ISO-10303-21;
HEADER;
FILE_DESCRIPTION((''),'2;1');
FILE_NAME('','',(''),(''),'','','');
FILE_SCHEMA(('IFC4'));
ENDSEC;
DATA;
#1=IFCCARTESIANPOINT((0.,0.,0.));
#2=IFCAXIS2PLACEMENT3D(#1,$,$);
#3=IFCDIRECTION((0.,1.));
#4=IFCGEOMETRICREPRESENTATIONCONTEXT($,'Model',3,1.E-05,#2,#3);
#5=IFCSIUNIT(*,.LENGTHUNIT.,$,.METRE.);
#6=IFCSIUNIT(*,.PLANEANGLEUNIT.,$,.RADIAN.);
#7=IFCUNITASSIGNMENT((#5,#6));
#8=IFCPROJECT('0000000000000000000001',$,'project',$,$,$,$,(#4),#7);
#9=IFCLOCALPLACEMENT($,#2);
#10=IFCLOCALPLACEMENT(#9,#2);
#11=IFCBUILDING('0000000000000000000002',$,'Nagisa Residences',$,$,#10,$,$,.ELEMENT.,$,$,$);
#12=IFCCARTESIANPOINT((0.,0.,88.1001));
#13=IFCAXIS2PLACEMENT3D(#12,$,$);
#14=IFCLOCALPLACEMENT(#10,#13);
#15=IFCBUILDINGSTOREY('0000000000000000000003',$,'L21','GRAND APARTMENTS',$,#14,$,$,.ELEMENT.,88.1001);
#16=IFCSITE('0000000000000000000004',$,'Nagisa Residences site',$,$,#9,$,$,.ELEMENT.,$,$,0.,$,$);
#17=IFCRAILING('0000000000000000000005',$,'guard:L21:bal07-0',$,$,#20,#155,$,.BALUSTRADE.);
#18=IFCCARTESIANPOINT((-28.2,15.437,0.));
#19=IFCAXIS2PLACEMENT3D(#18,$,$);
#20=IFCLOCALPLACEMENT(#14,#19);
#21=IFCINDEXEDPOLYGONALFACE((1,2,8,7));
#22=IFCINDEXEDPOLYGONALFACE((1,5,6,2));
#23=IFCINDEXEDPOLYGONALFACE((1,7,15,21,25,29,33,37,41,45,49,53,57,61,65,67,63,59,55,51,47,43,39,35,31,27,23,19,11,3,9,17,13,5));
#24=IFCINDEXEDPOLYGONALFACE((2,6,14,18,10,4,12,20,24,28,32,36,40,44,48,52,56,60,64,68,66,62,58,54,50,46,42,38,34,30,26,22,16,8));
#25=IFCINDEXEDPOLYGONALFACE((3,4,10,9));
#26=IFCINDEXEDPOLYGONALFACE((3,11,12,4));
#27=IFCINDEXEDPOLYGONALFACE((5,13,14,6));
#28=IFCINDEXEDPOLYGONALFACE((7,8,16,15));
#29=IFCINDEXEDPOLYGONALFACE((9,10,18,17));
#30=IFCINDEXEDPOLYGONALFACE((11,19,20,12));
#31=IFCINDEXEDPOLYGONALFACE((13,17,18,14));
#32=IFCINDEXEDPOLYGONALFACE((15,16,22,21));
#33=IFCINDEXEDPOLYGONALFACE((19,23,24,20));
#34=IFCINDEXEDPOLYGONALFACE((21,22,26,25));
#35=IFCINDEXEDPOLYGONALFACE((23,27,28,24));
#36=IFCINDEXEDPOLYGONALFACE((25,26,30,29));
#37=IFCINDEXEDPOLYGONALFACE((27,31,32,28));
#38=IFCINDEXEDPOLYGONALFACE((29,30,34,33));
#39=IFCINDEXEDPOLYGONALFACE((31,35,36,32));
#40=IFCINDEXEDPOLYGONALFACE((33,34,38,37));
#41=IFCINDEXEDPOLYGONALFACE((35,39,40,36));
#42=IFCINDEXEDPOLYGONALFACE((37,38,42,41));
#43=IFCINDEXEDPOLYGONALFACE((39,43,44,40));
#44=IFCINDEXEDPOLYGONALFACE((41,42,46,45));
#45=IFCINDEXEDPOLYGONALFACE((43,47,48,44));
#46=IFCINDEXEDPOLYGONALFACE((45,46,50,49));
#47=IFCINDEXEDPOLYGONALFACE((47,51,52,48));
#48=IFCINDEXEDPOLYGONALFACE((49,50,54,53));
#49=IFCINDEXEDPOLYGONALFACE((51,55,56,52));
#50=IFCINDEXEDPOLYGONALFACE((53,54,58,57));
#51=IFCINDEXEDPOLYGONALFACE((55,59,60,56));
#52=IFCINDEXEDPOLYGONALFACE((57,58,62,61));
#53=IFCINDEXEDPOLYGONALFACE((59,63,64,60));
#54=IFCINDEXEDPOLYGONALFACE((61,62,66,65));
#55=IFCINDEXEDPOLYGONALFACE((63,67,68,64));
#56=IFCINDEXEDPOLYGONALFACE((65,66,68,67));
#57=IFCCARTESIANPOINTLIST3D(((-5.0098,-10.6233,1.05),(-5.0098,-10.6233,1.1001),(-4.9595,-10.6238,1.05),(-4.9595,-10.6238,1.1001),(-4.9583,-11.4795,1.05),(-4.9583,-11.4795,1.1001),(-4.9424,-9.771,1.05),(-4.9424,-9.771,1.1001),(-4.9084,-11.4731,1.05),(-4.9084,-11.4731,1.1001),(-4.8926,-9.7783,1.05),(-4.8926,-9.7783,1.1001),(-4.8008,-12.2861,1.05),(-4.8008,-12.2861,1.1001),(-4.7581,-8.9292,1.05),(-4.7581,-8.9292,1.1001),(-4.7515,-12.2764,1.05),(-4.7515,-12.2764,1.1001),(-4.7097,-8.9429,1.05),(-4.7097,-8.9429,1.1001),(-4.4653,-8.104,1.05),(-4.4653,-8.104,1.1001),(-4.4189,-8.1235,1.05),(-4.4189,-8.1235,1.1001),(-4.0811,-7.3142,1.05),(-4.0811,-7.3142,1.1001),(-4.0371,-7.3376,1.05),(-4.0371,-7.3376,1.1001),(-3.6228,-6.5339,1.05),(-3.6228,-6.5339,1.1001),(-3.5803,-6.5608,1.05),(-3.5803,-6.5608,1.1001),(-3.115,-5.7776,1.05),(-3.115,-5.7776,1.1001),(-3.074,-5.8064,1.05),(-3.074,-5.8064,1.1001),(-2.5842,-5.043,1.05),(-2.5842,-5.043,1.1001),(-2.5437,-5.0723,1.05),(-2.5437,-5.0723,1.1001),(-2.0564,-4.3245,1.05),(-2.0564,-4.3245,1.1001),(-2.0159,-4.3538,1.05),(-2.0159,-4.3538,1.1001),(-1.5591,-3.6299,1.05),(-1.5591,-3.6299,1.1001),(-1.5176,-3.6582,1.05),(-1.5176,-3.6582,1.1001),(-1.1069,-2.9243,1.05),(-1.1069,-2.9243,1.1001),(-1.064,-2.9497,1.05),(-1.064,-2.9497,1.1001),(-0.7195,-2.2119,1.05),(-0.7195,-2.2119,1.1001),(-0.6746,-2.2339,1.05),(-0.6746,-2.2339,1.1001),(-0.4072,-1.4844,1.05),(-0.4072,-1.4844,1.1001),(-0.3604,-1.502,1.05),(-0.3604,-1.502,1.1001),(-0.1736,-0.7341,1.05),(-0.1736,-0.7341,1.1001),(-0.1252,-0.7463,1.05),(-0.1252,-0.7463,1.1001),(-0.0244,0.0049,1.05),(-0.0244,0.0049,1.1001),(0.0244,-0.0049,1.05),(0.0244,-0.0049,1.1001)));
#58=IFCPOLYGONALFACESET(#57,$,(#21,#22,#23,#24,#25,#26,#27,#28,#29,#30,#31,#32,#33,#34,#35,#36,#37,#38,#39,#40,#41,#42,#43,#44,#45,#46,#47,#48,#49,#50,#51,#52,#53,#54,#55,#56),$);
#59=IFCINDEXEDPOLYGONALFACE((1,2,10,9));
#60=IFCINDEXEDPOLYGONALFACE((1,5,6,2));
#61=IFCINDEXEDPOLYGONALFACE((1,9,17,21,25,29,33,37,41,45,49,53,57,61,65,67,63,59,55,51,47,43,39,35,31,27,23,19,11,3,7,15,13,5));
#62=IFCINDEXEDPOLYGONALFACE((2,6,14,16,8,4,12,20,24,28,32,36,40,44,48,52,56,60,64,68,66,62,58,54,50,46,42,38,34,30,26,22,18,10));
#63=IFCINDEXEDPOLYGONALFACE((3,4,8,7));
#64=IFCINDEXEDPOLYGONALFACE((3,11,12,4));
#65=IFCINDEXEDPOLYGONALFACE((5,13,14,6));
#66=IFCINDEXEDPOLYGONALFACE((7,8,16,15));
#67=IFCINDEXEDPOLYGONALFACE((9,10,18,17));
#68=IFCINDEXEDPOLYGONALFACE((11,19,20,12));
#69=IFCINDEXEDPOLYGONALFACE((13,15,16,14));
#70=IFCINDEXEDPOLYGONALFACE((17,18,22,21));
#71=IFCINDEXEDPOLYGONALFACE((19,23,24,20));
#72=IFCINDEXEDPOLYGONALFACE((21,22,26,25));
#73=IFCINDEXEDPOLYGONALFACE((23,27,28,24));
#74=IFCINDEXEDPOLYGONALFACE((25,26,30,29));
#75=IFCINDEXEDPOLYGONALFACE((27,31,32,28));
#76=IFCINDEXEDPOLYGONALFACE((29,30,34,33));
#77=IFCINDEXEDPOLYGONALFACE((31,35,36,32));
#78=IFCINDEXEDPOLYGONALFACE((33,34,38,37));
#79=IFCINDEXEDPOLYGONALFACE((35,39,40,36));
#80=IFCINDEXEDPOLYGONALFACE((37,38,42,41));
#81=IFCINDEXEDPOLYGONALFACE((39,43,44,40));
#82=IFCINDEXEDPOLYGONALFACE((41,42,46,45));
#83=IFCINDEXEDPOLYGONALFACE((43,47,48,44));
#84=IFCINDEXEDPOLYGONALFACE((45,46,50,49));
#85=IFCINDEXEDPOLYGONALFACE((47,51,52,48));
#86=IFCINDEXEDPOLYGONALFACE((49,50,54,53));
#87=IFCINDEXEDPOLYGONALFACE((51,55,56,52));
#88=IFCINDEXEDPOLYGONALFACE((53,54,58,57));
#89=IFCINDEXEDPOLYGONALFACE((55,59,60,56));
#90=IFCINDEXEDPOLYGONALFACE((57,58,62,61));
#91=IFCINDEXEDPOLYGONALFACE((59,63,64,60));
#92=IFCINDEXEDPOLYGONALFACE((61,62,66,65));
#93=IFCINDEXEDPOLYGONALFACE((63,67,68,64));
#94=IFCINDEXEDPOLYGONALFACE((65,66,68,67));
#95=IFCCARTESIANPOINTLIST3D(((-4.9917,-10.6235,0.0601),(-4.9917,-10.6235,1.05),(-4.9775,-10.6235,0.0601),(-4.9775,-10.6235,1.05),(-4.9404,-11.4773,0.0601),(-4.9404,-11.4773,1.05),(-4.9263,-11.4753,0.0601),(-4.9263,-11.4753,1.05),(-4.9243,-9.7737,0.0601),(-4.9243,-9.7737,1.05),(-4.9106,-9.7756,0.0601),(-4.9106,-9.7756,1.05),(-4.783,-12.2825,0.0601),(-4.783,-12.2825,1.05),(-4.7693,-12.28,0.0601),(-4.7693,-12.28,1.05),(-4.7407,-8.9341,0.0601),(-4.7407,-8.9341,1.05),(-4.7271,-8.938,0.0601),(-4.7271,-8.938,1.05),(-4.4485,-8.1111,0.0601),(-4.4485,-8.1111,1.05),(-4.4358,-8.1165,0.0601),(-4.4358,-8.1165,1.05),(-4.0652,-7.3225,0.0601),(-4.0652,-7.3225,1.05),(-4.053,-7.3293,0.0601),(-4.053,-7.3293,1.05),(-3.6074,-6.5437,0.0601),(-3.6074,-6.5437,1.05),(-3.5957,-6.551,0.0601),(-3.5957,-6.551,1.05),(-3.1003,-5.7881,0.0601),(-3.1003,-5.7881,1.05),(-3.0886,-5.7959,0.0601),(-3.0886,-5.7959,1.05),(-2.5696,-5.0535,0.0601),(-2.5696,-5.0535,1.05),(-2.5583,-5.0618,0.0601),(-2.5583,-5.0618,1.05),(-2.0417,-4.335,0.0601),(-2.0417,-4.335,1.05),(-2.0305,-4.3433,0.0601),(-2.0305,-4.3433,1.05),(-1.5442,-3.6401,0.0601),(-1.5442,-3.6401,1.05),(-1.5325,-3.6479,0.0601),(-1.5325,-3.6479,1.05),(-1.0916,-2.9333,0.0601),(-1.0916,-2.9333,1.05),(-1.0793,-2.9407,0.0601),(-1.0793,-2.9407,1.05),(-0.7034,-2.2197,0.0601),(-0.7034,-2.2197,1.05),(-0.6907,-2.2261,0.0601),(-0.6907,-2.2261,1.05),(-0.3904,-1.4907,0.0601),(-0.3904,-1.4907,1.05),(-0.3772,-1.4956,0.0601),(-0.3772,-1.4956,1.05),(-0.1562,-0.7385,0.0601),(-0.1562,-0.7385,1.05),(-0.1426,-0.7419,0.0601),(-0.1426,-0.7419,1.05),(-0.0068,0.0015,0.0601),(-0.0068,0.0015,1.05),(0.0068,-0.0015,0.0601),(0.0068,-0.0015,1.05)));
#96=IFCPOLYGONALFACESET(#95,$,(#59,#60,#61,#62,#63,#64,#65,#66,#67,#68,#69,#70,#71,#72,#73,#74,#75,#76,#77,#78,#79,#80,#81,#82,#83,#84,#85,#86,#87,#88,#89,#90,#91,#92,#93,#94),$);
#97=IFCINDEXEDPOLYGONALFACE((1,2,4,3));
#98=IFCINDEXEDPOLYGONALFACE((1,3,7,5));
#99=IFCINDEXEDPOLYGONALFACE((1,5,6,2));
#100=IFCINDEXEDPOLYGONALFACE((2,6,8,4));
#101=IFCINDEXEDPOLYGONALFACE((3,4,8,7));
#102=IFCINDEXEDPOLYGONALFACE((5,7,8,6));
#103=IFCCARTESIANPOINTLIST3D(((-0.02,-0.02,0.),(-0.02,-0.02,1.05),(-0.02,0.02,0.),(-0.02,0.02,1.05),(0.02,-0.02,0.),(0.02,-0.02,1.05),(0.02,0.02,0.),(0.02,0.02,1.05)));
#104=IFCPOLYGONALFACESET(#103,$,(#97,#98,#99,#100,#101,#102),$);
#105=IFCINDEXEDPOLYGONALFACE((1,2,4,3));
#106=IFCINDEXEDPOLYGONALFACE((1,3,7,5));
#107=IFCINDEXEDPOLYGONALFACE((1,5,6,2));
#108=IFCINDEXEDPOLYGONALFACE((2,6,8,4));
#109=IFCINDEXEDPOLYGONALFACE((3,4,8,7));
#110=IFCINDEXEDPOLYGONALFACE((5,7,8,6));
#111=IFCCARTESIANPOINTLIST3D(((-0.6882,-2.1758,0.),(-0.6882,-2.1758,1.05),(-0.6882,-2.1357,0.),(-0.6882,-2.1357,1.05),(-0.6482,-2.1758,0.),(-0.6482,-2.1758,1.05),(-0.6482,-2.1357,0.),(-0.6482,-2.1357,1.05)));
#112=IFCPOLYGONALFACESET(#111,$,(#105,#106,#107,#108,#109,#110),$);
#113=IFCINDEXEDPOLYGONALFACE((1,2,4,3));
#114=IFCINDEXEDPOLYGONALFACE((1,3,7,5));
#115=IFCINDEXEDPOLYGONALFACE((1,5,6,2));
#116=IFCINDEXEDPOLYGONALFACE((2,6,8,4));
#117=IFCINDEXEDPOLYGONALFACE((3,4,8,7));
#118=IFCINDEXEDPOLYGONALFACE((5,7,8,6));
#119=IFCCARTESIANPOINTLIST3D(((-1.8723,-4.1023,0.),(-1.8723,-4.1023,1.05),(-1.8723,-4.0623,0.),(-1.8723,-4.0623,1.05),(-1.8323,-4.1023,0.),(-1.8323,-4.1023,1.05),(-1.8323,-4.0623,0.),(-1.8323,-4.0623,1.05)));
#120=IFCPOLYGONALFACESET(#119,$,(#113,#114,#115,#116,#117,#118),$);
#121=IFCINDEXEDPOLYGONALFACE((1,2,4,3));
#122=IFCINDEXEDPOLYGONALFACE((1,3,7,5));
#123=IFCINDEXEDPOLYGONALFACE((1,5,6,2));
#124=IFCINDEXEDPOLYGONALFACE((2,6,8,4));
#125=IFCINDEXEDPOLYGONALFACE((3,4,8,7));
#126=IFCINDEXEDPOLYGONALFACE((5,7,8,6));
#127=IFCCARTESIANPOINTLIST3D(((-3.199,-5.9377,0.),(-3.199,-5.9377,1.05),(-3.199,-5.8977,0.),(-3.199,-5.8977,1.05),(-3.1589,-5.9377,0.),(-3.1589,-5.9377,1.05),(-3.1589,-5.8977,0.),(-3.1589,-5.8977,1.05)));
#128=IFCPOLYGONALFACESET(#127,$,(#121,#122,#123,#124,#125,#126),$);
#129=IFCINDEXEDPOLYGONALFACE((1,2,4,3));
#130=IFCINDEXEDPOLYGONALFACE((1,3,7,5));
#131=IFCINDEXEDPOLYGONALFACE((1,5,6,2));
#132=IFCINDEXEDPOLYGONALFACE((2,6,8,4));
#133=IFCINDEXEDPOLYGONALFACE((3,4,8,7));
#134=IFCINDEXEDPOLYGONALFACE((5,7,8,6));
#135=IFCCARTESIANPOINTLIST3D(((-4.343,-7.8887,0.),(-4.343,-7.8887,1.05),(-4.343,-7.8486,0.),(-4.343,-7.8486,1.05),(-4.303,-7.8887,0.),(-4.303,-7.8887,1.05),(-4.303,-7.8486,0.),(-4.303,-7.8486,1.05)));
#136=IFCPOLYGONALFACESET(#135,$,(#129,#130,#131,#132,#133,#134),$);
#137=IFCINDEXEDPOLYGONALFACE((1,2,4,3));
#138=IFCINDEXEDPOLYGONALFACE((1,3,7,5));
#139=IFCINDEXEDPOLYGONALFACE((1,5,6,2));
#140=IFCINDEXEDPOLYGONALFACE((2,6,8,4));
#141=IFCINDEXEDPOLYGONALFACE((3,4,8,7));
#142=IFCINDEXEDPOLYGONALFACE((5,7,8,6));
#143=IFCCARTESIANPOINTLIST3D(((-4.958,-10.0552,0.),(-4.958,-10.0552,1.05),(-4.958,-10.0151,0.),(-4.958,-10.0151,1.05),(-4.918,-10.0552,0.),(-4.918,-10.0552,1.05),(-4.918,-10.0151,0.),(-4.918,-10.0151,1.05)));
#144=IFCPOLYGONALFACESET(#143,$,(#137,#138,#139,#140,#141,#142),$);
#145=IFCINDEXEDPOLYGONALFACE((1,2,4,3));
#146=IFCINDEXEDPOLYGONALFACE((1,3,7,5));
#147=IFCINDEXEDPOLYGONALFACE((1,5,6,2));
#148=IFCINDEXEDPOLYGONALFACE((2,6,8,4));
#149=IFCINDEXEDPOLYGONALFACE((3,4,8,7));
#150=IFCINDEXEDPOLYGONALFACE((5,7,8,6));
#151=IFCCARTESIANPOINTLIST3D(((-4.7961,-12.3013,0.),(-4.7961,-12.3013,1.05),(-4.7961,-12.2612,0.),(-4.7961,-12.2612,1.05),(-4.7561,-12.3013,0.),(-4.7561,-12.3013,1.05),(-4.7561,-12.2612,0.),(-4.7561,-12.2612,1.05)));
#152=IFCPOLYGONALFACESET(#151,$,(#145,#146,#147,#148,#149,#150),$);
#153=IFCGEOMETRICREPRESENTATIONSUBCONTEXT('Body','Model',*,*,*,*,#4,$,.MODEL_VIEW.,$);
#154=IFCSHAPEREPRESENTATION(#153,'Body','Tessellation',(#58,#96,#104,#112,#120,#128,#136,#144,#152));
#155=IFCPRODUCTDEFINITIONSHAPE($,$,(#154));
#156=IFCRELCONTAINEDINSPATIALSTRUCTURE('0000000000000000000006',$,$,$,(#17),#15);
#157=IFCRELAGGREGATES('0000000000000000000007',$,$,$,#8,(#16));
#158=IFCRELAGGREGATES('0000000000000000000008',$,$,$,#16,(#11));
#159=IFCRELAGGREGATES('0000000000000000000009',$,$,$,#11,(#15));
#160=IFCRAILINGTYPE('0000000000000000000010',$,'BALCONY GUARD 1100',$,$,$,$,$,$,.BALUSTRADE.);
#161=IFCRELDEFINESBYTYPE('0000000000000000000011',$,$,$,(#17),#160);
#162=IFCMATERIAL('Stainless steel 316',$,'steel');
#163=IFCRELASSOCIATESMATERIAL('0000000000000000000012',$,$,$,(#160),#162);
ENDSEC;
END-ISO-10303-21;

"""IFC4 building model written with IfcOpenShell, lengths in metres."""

from ifc_helpers import new_model, si_unit, direction, frame, origin, origin_2d, place, context, subcontext, project, spatial, polyline, rectangle, outline, extrude, material, type_object, element, save


model = new_model("IFC4")

# Units and contexts
model_context = context("Model", 3, precision=1e-05, world=origin(), true_north=direction((0.0, 1.0)))
body_context = subcontext(model_context, "Body", "Model", "MODEL_VIEW")
ifc_project = project(units=[si_unit("LENGTHUNIT", "METRE"), si_unit("PLANEANGLEUNIT", "RADIAN")], contexts=[model_context])

# Site, building, storey
site_placement = place(None, origin())
site = spatial("IfcSite", under=ifc_project, at=site_placement, Name="Nagisa Residences site", CompositionType="ELEMENT", RefElevation=0.0)
building_placement = place(site_placement, origin())
building = spatial("IfcBuilding", under=site, at=building_placement, Name="Nagisa Residences", CompositionType="ELEMENT")
storey_placement = place(building_placement, frame((0.0, 0.0, 88.1001)))
storey = spatial("IfcBuildingStorey", under=building, at=storey_placement, Name="L21", Description="GRAND APARTMENTS", CompositionType="ELEMENT", Elevation=88.1001)

# Railing
ifc_material_1 = material(Name="Stainless steel 316", Category="steel")
railing_type = type_object("IfcRailingType", Name="BALCONY GUARD 1100", PredefinedType="BALUSTRADE", material=ifc_material_1)
railing_1_placement = place(storey_placement, frame((-28.2, 15.437, 0.0)))
element("IfcRailing", 1, at=railing_1_placement, inside=storey, type_object=railing_type, Name="guard:L21:bal07-0", PredefinedType="BALUSTRADE", context=body_context, shape_type="SweptSolid", body=[
    extrude(outline(polyline([(-0.1252, -0.7463), (0.0244, -0.0049), (-0.0244, 0.0049), (-0.1736, -0.7341), (-0.4072, -1.4844), (-0.7195, -2.2119), (-1.1069, -2.9243), (-1.5591, -3.6299), (-2.0564, -4.3245), (-2.5842, -5.043), (-3.115, -5.7776), (-3.6228, -6.5339), (-4.0811, -7.3142), (-4.4653, -8.104), (-4.7581, -8.9292), (-4.9424, -9.771), (-5.0098, -10.6233), (-4.9583, -11.4795), (-4.8008, -12.2861), (-4.7515, -12.2764), (-4.9084, -11.4731), (-4.9595, -10.6238), (-4.8926, -9.7783), (-4.7097, -8.9429), (-4.4189, -8.1235), (-4.0371, -7.3376), (-3.5803, -6.5608), (-3.074, -5.8064), (-2.5437, -5.0723), (-2.0159, -4.3538), (-1.5176, -3.6582), (-1.064, -2.9497), (-0.6746, -2.2339), (-0.3604, -1.502), (-0.1252, -0.7463)])), frame((0.0, 0.0, 1.05)), (0.0, 0.0, 1.0), 0.05),
    extrude(outline(polyline([(-0.1426, -0.7419), (0.0068, -0.0015), (-0.0068, 0.0015), (-0.1562, -0.7385), (-0.3904, -1.4907), (-0.7034, -2.2197), (-1.0916, -2.9333), (-1.5442, -3.6401), (-2.0417, -4.335), (-2.5696, -5.0535), (-3.1003, -5.7881), (-3.6074, -6.5437), (-4.0652, -7.3225), (-4.4485, -8.1111), (-4.7407, -8.9341), (-4.9243, -9.7737), (-4.9917, -10.6235), (-4.9404, -11.4773), (-4.783, -12.2825), (-4.7693, -12.28), (-4.9263, -11.4753), (-4.9775, -10.6235), (-4.9106, -9.7756), (-4.7271, -8.938), (-4.4358, -8.1165), (-4.053, -7.3293), (-3.5957, -6.551), (-3.0886, -5.7959), (-2.5583, -5.0618), (-2.0305, -4.3433), (-1.5325, -3.6479), (-1.0793, -2.9407), (-0.6907, -2.2261), (-0.3772, -1.4956), (-0.1426, -0.7419)])), frame((0.0, 0.0, 0.0601)), (0.0, 0.0, 1.0), 0.99),
    extrude(rectangle(XDim=0.04, YDim=0.04, at=origin_2d()), origin(), (0.0, 0.0, 1.0), 1.05),
    extrude(rectangle(XDim=0.04, YDim=0.04, at=origin_2d()), frame((-0.6682, -2.1558, 0.0)), (0.0, 0.0, 1.0), 1.05),
    extrude(rectangle(XDim=0.04, YDim=0.04, at=origin_2d()), frame((-1.8523, -4.0823, 0.0)), (0.0, 0.0, 1.0), 1.05),
    extrude(rectangle(XDim=0.04, YDim=0.04, at=origin_2d()), frame((-3.179, -5.9177, 0.0)), (0.0, 0.0, 1.0), 1.05),
    extrude(rectangle(XDim=0.04, YDim=0.04, at=origin_2d()), frame((-4.323, -7.8687, 0.0)), (0.0, 0.0, 1.0), 1.05),
    extrude(rectangle(XDim=0.04, YDim=0.04, at=origin_2d()), frame((-4.938, -10.0352, 0.0)), (0.0, 0.0, 1.0), 1.05),
    extrude(rectangle(XDim=0.04, YDim=0.04, at=origin_2d()), frame((-4.7761, -12.2812, 0.0)), (0.0, 0.0, 1.0), 1.05),
])

save(model, "model.ifc")
